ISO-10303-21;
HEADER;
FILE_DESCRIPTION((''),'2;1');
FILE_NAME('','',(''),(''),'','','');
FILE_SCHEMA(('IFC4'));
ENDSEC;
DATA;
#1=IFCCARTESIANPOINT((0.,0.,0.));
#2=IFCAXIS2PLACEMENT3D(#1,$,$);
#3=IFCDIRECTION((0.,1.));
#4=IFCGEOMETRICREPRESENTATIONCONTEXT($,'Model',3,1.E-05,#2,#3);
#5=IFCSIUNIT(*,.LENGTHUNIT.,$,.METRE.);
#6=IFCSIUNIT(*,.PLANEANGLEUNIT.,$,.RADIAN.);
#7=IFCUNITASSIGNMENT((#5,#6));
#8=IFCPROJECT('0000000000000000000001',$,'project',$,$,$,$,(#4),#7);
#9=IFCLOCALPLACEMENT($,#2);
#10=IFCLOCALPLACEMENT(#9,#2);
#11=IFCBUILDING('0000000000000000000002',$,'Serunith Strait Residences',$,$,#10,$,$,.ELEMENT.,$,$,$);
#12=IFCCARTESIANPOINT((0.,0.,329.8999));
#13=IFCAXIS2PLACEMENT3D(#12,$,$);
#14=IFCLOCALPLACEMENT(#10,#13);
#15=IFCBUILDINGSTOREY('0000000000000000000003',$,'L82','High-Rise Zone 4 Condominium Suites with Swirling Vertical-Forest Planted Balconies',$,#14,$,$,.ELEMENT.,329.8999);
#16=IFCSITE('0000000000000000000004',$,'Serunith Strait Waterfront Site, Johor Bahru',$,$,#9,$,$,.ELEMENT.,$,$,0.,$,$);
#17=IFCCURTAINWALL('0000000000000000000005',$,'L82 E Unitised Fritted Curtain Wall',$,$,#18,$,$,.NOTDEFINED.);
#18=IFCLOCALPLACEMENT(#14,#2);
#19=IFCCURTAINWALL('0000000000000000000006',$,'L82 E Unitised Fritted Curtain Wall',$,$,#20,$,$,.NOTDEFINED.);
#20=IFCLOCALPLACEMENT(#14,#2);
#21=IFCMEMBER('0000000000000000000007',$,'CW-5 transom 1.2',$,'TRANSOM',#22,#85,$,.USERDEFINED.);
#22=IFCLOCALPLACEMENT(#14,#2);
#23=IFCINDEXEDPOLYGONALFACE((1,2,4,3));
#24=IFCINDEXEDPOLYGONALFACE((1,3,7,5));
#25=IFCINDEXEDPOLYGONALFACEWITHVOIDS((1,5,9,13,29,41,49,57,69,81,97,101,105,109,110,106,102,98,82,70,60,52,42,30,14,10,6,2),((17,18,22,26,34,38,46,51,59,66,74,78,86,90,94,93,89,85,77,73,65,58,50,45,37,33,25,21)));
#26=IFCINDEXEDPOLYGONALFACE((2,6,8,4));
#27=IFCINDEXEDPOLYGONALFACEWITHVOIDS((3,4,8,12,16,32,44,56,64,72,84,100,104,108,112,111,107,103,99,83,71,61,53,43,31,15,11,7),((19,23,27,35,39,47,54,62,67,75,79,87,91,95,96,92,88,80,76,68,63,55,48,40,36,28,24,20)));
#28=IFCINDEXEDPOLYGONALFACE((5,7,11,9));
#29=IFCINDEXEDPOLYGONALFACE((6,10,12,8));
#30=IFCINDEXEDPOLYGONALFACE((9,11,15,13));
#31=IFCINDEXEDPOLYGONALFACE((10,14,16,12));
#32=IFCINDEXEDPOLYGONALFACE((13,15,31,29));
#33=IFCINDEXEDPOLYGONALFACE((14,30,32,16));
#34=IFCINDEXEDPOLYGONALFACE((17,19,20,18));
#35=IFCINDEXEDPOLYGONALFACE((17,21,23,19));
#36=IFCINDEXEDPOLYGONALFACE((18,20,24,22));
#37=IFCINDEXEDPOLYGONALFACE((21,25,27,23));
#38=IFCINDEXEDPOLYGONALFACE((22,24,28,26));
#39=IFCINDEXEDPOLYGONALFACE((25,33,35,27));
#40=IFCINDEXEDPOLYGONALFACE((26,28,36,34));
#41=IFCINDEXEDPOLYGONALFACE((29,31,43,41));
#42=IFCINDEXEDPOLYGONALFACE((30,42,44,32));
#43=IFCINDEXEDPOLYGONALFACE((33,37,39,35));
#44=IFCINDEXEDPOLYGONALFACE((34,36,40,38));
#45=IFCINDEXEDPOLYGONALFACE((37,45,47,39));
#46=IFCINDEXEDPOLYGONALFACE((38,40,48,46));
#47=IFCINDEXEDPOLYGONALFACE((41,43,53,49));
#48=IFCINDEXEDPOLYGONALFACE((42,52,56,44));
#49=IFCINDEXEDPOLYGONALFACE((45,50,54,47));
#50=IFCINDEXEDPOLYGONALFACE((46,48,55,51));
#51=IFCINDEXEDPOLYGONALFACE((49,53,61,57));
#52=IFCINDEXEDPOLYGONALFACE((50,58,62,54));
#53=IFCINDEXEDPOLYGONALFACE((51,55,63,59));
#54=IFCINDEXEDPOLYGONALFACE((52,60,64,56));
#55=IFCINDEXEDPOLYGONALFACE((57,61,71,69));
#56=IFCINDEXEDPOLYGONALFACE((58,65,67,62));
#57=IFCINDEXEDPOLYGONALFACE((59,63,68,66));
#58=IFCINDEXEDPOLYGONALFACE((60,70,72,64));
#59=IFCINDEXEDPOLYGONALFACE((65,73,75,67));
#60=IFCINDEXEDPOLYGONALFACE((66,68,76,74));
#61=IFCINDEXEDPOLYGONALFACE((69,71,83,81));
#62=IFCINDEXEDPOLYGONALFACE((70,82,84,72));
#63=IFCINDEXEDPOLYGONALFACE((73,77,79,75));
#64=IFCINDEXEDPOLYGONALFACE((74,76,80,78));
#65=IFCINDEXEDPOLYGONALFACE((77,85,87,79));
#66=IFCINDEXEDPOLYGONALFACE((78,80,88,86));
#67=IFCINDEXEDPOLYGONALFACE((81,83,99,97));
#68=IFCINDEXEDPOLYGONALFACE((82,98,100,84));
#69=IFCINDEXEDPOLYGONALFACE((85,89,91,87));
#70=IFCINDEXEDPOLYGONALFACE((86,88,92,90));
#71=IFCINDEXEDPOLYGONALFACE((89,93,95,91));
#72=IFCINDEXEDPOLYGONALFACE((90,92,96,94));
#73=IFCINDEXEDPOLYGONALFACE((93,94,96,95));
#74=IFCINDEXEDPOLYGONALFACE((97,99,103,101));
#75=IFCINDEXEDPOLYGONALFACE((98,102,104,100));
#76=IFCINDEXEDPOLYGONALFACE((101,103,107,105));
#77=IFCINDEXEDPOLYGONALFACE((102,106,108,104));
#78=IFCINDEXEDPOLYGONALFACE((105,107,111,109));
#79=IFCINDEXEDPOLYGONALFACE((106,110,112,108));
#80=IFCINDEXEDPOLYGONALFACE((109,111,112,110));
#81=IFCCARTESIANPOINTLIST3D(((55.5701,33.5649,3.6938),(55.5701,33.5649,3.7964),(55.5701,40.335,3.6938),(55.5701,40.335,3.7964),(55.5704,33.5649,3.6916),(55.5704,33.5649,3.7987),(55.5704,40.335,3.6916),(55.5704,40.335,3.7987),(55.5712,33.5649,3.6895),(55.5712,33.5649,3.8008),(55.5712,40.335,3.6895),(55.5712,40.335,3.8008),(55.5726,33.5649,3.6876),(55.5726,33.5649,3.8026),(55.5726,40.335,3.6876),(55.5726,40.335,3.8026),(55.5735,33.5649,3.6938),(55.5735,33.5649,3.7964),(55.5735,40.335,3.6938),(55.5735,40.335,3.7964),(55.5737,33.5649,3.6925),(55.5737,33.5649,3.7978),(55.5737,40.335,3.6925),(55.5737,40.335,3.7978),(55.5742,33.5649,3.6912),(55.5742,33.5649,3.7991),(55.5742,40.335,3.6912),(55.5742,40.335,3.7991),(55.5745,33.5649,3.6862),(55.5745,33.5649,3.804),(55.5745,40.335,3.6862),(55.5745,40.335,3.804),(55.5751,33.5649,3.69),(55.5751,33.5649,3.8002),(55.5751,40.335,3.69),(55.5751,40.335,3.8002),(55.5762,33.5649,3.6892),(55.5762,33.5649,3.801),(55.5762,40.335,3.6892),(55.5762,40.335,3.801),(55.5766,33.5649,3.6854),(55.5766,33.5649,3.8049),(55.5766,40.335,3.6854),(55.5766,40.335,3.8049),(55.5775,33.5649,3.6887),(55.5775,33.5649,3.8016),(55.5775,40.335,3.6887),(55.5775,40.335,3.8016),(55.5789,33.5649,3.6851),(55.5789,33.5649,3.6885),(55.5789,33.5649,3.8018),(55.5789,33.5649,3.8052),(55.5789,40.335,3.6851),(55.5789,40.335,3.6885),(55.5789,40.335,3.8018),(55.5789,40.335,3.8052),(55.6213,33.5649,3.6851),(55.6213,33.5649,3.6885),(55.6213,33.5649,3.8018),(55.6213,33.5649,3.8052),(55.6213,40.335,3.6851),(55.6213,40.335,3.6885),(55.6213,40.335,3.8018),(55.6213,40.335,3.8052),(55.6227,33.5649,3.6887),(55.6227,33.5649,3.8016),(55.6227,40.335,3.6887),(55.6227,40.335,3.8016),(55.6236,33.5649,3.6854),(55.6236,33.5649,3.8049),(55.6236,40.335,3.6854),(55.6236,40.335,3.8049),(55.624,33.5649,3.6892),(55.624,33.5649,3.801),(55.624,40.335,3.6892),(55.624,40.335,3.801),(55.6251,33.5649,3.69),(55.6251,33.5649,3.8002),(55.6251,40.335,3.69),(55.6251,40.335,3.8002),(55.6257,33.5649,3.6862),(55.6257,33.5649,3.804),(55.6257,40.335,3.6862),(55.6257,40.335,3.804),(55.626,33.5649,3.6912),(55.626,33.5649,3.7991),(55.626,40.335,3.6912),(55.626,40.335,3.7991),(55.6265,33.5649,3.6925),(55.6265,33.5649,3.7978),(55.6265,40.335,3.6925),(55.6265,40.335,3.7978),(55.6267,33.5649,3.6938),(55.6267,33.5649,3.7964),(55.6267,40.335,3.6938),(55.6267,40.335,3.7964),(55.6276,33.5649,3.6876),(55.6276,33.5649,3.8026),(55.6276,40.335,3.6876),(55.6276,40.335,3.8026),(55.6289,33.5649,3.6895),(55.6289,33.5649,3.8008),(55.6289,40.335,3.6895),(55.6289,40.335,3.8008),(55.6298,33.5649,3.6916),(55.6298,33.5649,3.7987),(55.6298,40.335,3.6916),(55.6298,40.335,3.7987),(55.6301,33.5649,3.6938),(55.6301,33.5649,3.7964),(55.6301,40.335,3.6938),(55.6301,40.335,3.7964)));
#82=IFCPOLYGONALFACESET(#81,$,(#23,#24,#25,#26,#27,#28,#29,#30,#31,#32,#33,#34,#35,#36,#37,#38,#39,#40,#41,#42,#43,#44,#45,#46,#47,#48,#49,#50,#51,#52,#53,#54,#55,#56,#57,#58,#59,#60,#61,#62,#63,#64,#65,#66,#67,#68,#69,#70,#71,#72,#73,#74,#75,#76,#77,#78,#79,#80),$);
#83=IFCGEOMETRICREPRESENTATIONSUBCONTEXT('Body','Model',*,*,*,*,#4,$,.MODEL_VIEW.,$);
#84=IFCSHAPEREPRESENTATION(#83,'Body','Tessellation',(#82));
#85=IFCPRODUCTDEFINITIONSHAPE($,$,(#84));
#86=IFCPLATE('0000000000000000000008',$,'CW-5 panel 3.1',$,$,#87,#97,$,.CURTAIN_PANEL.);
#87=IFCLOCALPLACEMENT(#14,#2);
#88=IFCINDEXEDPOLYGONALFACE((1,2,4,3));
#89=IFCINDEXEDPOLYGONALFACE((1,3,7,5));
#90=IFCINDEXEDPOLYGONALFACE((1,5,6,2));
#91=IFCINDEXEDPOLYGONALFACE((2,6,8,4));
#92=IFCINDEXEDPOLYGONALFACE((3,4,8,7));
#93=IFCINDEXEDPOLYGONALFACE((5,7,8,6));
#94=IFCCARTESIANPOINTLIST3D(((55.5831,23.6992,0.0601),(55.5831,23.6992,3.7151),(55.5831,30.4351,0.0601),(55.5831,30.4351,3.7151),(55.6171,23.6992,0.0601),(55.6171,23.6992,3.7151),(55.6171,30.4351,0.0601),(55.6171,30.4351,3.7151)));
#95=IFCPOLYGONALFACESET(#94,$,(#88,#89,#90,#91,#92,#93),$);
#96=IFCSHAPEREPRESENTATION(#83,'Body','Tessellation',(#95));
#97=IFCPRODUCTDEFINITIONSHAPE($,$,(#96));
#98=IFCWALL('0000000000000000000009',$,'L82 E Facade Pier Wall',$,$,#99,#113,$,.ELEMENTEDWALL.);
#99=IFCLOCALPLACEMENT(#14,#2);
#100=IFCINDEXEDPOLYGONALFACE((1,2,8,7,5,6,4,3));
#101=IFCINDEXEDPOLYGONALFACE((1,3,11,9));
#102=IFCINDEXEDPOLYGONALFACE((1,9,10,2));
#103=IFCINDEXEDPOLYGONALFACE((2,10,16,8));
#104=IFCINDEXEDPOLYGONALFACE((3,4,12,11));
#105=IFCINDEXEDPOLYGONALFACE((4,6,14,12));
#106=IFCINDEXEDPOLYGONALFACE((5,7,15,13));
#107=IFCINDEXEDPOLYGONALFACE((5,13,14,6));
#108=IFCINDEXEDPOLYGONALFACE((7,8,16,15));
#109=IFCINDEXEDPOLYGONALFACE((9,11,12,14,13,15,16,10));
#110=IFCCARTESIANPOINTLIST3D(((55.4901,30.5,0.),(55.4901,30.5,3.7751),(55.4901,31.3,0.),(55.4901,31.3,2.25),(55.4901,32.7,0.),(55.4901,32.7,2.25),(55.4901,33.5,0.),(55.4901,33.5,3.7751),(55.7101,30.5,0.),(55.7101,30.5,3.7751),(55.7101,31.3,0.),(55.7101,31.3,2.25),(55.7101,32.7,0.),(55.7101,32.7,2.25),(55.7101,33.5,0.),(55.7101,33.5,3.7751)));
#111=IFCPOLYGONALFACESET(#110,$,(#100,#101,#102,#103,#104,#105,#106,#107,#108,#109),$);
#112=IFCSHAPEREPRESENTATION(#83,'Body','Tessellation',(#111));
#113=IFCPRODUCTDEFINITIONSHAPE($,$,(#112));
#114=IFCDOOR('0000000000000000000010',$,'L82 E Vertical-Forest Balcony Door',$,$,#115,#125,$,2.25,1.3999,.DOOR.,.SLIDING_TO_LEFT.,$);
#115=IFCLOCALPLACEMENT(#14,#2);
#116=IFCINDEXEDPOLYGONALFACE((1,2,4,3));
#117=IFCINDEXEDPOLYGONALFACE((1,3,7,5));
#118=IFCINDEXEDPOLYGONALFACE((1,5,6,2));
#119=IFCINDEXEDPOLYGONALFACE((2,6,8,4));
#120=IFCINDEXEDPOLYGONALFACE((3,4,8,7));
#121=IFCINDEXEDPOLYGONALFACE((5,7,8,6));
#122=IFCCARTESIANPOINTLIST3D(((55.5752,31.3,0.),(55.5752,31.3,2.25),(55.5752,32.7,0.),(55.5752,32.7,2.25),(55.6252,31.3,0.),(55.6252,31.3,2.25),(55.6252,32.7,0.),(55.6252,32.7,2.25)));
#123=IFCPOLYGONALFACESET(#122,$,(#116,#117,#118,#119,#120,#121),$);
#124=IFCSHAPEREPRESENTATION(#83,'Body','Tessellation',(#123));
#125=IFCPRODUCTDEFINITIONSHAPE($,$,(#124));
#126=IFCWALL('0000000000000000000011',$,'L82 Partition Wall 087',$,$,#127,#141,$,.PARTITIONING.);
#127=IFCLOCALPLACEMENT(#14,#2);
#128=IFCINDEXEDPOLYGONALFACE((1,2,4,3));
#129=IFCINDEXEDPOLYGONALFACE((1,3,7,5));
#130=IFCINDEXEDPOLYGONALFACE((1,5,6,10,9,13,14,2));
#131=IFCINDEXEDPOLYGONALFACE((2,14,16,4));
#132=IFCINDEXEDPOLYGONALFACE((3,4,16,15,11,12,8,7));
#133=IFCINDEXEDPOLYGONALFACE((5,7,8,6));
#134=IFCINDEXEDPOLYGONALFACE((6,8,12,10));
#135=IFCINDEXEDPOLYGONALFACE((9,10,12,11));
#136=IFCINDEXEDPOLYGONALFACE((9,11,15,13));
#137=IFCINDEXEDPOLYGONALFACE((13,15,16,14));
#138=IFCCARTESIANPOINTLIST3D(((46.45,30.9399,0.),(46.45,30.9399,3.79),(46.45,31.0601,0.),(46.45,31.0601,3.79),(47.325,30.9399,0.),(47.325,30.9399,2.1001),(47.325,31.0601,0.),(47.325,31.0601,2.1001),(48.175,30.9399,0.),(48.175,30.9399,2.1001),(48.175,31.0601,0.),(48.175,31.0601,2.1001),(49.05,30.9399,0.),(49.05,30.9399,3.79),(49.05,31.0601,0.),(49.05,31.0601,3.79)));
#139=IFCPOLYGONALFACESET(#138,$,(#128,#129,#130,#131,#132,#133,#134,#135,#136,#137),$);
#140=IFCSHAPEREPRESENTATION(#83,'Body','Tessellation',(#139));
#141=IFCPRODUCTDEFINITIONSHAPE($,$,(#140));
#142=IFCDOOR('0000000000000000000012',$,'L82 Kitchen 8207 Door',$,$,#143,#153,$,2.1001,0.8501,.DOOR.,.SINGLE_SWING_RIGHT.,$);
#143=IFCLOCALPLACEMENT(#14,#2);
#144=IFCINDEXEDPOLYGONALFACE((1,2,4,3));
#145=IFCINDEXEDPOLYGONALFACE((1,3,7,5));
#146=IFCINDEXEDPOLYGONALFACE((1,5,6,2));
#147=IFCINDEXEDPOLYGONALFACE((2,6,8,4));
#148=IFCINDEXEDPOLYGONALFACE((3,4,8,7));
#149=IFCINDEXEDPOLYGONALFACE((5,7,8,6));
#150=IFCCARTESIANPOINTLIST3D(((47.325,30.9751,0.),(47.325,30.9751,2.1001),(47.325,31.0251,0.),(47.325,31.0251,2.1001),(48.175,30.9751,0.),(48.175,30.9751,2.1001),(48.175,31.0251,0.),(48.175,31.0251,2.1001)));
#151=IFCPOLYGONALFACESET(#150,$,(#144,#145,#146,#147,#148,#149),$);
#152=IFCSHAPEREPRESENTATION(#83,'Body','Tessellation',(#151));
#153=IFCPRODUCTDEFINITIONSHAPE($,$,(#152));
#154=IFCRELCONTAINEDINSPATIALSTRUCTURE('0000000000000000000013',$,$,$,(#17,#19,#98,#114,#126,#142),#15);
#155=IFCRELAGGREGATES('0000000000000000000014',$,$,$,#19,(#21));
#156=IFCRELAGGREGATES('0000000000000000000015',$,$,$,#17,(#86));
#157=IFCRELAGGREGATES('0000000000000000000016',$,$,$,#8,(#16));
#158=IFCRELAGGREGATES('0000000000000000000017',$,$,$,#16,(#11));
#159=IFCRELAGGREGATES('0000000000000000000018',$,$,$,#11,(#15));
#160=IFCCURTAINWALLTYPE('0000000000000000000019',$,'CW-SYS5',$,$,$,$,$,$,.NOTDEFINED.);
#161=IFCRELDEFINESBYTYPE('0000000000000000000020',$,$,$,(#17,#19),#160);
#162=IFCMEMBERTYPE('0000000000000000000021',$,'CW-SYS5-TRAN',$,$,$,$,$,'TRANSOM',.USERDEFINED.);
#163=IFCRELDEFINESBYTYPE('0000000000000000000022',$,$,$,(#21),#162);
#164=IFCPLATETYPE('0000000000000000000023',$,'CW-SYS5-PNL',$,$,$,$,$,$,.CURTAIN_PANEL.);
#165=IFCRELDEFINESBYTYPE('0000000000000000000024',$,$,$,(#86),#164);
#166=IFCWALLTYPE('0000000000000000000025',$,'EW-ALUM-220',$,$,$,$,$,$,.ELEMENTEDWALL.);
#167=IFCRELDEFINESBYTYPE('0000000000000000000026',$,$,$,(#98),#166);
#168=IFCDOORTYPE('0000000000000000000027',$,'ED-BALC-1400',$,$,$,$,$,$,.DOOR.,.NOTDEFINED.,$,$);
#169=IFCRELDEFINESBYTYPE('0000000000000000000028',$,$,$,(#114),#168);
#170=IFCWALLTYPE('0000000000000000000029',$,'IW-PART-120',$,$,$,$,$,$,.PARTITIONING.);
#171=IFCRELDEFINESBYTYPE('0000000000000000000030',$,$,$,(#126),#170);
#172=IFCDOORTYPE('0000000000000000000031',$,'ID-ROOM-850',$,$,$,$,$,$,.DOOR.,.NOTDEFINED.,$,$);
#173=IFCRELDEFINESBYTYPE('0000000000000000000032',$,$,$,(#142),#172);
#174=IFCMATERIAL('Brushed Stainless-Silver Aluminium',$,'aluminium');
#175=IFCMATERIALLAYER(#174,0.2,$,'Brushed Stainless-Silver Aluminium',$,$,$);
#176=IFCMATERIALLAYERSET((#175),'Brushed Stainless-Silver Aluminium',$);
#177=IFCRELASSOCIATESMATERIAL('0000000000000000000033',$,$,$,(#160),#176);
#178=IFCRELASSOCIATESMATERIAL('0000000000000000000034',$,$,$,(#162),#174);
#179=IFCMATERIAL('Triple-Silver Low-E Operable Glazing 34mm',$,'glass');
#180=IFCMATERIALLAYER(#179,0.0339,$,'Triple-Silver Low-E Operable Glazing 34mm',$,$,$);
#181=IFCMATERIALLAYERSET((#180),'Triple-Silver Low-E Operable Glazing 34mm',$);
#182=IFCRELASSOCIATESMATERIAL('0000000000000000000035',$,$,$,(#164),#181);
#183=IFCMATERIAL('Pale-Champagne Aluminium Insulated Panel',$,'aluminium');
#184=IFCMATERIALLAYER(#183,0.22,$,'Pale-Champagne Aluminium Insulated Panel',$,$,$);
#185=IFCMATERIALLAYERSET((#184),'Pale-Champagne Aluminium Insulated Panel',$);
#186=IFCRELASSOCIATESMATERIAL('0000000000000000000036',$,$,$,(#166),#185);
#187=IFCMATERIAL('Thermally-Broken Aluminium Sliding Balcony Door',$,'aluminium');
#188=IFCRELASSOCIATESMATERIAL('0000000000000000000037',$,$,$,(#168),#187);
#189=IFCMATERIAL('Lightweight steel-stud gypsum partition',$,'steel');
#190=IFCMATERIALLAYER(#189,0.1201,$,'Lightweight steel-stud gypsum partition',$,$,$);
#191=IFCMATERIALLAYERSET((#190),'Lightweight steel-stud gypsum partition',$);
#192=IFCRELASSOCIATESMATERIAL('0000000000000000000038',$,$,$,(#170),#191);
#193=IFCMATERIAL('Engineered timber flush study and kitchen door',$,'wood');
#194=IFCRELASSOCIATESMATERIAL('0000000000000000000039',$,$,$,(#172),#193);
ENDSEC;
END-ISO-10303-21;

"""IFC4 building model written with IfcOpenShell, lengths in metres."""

from ifc_helpers import new_model, si_unit, direction, frame, frame_2d, origin, origin_2d, place, context, subcontext, project, spatial, rectangle, hollow_rectangle, extrude, source, transform, mapped, material, layer, layer_set, material_profile, profile_set, type_object, element, fill, aggregate, save


model = new_model("IFC4")

# Units and contexts
model_context = context("Model", 3, precision=1e-05, world=origin(), true_north=direction((0.0, 1.0)))
body_context = subcontext(model_context, "Body", "Model", "MODEL_VIEW")
ifc_project = project(units=[si_unit("LENGTHUNIT", "METRE"), si_unit("PLANEANGLEUNIT", "RADIAN")], contexts=[model_context])

# Site, building, storey
site_placement = place(None, origin())
site = spatial("IfcSite", under=ifc_project, at=site_placement, Name="Serunith Strait Waterfront Site, Johor Bahru", CompositionType="ELEMENT", RefElevation=0.0)
building_placement = place(site_placement, origin())
building = spatial("IfcBuilding", under=site, at=building_placement, Name="Serunith Strait Residences", CompositionType="ELEMENT")
storey_placement = place(building_placement, frame((0.0, 0.0, 329.8999)))
storey = spatial("IfcBuildingStorey", under=building, at=storey_placement, Name="L82", Description="High-Rise Zone 4 Condominium Suites with Swirling Vertical-Forest Planted Balconies", CompositionType="ELEMENT", Elevation=329.8999)

# Curtain wall
ifc_material_1 = material(Name="Brushed Stainless-Silver Aluminium", Category="aluminium")
ifc_layer_1 = layer(ifc_material_1, 0.2, Name="Brushed Stainless-Silver Aluminium")
ifc_layer_set_1 = layer_set([ifc_layer_1], Name="Brushed Stainless-Silver Aluminium")
curtain_wall_type = type_object("IfcCurtainWallType", Name="CW-SYS5", PredefinedType="NOTDEFINED", material=ifc_layer_set_1)
curtain_wall_1_placement = place(storey_placement, origin())
curtain_wall_1 = element("IfcCurtainWall", 1, at=curtain_wall_1_placement, inside=storey, type_object=curtain_wall_type, Name="L82 E Unitised Fritted Curtain Wall", PredefinedType="NOTDEFINED")

# Curtain wall
curtain_wall_2_placement = place(storey_placement, origin())
curtain_wall_2 = element("IfcCurtainWall", 2, at=curtain_wall_2_placement, inside=storey, type_object=curtain_wall_type, Name="L82 E Unitised Fritted Curtain Wall", PredefinedType="NOTDEFINED")

# Member
ifc_material_profile_1 = material_profile(ifc_material_1, hollow_rectangle(XDim=0.0601, YDim=0.1201, WallThickness=0.0034, InnerFilletRadius=0.0054, OuterFilletRadius=0.0088, at=origin_2d()), Name="ALU 120x60x3.5")
ifc_profile_set_1 = profile_set([ifc_material_profile_1], Name="Brushed Stainless-Silver Aluminium")
member_type_1 = type_object("IfcMemberType", Name="CW-SYS5-TRAN", ElementType="TRANSOM", PredefinedType="USERDEFINED", material=ifc_profile_set_1)
shared_shape_1 = source(origin(), body_context, "Body", "SweptSolid", [
    extrude(hollow_rectangle(XDim=0.0601, YDim=0.1201, WallThickness=0.0034, InnerFilletRadius=0.0054, OuterFilletRadius=0.0088, at=origin_2d()), origin(), (0.0, 0.0, 1.0), 6.77),
])
member_1_placement = place(storey_placement, frame((55.6001, 33.5649, 3.7451), z_axis=(0.0, 1.0, 0.0), x_axis=(-1.0, 0.0, 0.0)))
member_1 = element("IfcMember", 3, at=member_1_placement, type_object=member_type_1, Name="CW-5 transom 1.2", ObjectType="TRANSOM", PredefinedType="USERDEFINED", context=body_context, shape_type="MappedRepresentation", body=[
    mapped(shared_shape_1, transform((0.0, 0.0, 0.0), scale=1.0)),
])
aggregate(curtain_wall_2, [member_1])

# Plate
ifc_material_2 = material(Name="Triple-Silver Low-E Operable Glazing 34mm", Category="glass")
ifc_layer_2 = layer(ifc_material_2, 0.0339, Name="Triple-Silver Low-E Operable Glazing 34mm")
ifc_layer_set_2 = layer_set([ifc_layer_2], Name="Triple-Silver Low-E Operable Glazing 34mm")
plate_type = type_object("IfcPlateType", Name="CW-SYS5-PNL", PredefinedType="CURTAIN_PANEL", material=ifc_layer_set_2)
shared_shape_2 = source(origin(), body_context, "Body", "SweptSolid", [
    extrude(rectangle(XDim=6.7358, YDim=0.0339, at=origin_2d()), origin(), (0.0, 0.0, 1.0), 3.655),
])
plate_placement = place(storey_placement, frame((55.6001, 27.0671, 0.0601), z_axis=(0.0, 0.0, 1.0), x_axis=(0.0, 1.0, 0.0)))
plate = element("IfcPlate", 4, at=plate_placement, type_object=plate_type, Name="CW-5 panel 3.1", PredefinedType="CURTAIN_PANEL", context=body_context, shape_type="MappedRepresentation", body=[
    mapped(shared_shape_2, transform((0.0, 0.0, 0.0), scale=1.0)),
])
aggregate(curtain_wall_1, [plate])

# Walls, openings, doors
ifc_material_3 = material(Name="Pale-Champagne Aluminium Insulated Panel", Category="aluminium")
ifc_layer_3 = layer(ifc_material_3, 0.22, Name="Pale-Champagne Aluminium Insulated Panel")
ifc_layer_set_3 = layer_set([ifc_layer_3], Name="Pale-Champagne Aluminium Insulated Panel")
wall_type_1 = type_object("IfcWallType", Name="EW-ALUM-220", PredefinedType="ELEMENTEDWALL", material=ifc_layer_set_3)
wall_1_placement = place(storey_placement, frame((55.6001, 30.5, 0.0), z_axis=(0.0, 0.0, 1.0), x_axis=(0.0, 1.0, 0.0)))
wall_1 = element("IfcWall", 5, at=wall_1_placement, inside=storey, type_object=wall_type_1, Name="L82 E Facade Pier Wall", PredefinedType="ELEMENTEDWALL", context=body_context, shape_type="SweptSolid", body=[
    extrude(rectangle(XDim=3.0, YDim=0.22, at=frame_2d((1.5, 0.0))), origin(), (0.0, 0.0, 1.0), 3.7751),
])
opening_1_placement = place(wall_1_placement, frame((0.8, 0.0, 0.0)))
opening_1 = element("IfcOpeningElement", 6, at=opening_1_placement, cuts=wall_1, PredefinedType="OPENING", context=body_context, shape_type="SweptSolid", body=[
    extrude(rectangle(XDim=1.3999, YDim=2.25, at=frame_2d((0.7, 1.125))), frame((0.0, 0.1201, 0.0), z_axis=(0.0, -1.0, 0.0), x_axis=(1.0, 0.0, 0.0)), (0.0, 0.0, 1.0), 0.24),
])
ifc_material_4 = material(Name="Thermally-Broken Aluminium Sliding Balcony Door", Category="aluminium")
door_type_1 = type_object("IfcDoorType", Name="ED-BALC-1400", OperationType="NOTDEFINED", PredefinedType="DOOR", material=ifc_material_4)
shared_shape_3 = source(origin(), body_context, "Body", "SweptSolid", [
    extrude(rectangle(XDim=1.3999, YDim=2.25, at=frame_2d((0.7, 1.125))), frame((0.0, 0.0249, 0.0), z_axis=(0.0, -1.0, 0.0), x_axis=(1.0, 0.0, 0.0)), (0.0, 0.0, 1.0), 0.05),
])
door_1_placement = place(opening_1_placement, origin())
door_1 = element("IfcDoor", 7, at=door_1_placement, inside=storey, type_object=door_type_1, Name="L82 E Vertical-Forest Balcony Door", OperationType="SLIDING_TO_LEFT", OverallHeight=2.25, OverallWidth=1.3999, PredefinedType="DOOR", context=body_context, shape_type="MappedRepresentation", body=[
    mapped(shared_shape_3, transform((0.0, 0.0, 0.0), scale=1.0)),
])
fill(opening_1, door_1)
ifc_material_5 = material(Name="Lightweight steel-stud gypsum partition", Category="steel")
ifc_layer_4 = layer(ifc_material_5, 0.1201, Name="Lightweight steel-stud gypsum partition")
ifc_layer_set_4 = layer_set([ifc_layer_4], Name="Lightweight steel-stud gypsum partition")
wall_type_2 = type_object("IfcWallType", Name="IW-PART-120", PredefinedType="PARTITIONING", material=ifc_layer_set_4)
wall_2_placement = place(storey_placement, frame((49.05, 31.0, 0.0), z_axis=(0.0, 0.0, 1.0), x_axis=(-1.0, 0.0, 0.0)))
wall_2 = element("IfcWall", 8, at=wall_2_placement, inside=storey, type_object=wall_type_2, Name="L82 Partition Wall 087", PredefinedType="PARTITIONING", context=body_context, shape_type="SweptSolid", body=[
    extrude(rectangle(XDim=2.6001, YDim=0.1201, at=frame_2d((1.3, 0.0))), origin(), (0.0, 0.0, 1.0), 3.79),
])
opening_2_placement = place(wall_2_placement, frame((0.875, 0.0, 0.0)))
opening_2 = element("IfcOpeningElement", 9, at=opening_2_placement, cuts=wall_2, PredefinedType="OPENING", context=body_context, shape_type="SweptSolid", body=[
    extrude(rectangle(XDim=0.8501, YDim=2.1001, at=frame_2d((0.425, 1.05))), frame((0.0, 0.0701, 0.0), z_axis=(0.0, -1.0, 0.0), x_axis=(1.0, 0.0, 0.0)), (0.0, 0.0, 1.0), 0.1401),
])
ifc_material_6 = material(Name="Engineered timber flush study and kitchen door", Category="wood")
door_type_2 = type_object("IfcDoorType", Name="ID-ROOM-850", OperationType="NOTDEFINED", PredefinedType="DOOR", material=ifc_material_6)
shared_shape_4 = source(origin(), body_context, "Body", "SweptSolid", [
    extrude(rectangle(XDim=0.8501, YDim=2.1001, at=frame_2d((0.425, 1.05))), frame((0.0, 0.0249, 0.0), z_axis=(0.0, -1.0, 0.0), x_axis=(1.0, 0.0, 0.0)), (0.0, 0.0, 1.0), 0.05),
])
door_2_placement = place(opening_2_placement, origin())
door_2 = element("IfcDoor", 10, at=door_2_placement, inside=storey, type_object=door_type_2, Name="L82 Kitchen 8207 Door", OperationType="SINGLE_SWING_RIGHT", OverallHeight=2.1001, OverallWidth=0.8501, PredefinedType="DOOR", context=body_context, shape_type="MappedRepresentation", body=[
    mapped(shared_shape_4, transform((0.0, 0.0, 0.0), scale=1.0)),
])
fill(opening_2, door_2)

save(model, "model.ifc")
